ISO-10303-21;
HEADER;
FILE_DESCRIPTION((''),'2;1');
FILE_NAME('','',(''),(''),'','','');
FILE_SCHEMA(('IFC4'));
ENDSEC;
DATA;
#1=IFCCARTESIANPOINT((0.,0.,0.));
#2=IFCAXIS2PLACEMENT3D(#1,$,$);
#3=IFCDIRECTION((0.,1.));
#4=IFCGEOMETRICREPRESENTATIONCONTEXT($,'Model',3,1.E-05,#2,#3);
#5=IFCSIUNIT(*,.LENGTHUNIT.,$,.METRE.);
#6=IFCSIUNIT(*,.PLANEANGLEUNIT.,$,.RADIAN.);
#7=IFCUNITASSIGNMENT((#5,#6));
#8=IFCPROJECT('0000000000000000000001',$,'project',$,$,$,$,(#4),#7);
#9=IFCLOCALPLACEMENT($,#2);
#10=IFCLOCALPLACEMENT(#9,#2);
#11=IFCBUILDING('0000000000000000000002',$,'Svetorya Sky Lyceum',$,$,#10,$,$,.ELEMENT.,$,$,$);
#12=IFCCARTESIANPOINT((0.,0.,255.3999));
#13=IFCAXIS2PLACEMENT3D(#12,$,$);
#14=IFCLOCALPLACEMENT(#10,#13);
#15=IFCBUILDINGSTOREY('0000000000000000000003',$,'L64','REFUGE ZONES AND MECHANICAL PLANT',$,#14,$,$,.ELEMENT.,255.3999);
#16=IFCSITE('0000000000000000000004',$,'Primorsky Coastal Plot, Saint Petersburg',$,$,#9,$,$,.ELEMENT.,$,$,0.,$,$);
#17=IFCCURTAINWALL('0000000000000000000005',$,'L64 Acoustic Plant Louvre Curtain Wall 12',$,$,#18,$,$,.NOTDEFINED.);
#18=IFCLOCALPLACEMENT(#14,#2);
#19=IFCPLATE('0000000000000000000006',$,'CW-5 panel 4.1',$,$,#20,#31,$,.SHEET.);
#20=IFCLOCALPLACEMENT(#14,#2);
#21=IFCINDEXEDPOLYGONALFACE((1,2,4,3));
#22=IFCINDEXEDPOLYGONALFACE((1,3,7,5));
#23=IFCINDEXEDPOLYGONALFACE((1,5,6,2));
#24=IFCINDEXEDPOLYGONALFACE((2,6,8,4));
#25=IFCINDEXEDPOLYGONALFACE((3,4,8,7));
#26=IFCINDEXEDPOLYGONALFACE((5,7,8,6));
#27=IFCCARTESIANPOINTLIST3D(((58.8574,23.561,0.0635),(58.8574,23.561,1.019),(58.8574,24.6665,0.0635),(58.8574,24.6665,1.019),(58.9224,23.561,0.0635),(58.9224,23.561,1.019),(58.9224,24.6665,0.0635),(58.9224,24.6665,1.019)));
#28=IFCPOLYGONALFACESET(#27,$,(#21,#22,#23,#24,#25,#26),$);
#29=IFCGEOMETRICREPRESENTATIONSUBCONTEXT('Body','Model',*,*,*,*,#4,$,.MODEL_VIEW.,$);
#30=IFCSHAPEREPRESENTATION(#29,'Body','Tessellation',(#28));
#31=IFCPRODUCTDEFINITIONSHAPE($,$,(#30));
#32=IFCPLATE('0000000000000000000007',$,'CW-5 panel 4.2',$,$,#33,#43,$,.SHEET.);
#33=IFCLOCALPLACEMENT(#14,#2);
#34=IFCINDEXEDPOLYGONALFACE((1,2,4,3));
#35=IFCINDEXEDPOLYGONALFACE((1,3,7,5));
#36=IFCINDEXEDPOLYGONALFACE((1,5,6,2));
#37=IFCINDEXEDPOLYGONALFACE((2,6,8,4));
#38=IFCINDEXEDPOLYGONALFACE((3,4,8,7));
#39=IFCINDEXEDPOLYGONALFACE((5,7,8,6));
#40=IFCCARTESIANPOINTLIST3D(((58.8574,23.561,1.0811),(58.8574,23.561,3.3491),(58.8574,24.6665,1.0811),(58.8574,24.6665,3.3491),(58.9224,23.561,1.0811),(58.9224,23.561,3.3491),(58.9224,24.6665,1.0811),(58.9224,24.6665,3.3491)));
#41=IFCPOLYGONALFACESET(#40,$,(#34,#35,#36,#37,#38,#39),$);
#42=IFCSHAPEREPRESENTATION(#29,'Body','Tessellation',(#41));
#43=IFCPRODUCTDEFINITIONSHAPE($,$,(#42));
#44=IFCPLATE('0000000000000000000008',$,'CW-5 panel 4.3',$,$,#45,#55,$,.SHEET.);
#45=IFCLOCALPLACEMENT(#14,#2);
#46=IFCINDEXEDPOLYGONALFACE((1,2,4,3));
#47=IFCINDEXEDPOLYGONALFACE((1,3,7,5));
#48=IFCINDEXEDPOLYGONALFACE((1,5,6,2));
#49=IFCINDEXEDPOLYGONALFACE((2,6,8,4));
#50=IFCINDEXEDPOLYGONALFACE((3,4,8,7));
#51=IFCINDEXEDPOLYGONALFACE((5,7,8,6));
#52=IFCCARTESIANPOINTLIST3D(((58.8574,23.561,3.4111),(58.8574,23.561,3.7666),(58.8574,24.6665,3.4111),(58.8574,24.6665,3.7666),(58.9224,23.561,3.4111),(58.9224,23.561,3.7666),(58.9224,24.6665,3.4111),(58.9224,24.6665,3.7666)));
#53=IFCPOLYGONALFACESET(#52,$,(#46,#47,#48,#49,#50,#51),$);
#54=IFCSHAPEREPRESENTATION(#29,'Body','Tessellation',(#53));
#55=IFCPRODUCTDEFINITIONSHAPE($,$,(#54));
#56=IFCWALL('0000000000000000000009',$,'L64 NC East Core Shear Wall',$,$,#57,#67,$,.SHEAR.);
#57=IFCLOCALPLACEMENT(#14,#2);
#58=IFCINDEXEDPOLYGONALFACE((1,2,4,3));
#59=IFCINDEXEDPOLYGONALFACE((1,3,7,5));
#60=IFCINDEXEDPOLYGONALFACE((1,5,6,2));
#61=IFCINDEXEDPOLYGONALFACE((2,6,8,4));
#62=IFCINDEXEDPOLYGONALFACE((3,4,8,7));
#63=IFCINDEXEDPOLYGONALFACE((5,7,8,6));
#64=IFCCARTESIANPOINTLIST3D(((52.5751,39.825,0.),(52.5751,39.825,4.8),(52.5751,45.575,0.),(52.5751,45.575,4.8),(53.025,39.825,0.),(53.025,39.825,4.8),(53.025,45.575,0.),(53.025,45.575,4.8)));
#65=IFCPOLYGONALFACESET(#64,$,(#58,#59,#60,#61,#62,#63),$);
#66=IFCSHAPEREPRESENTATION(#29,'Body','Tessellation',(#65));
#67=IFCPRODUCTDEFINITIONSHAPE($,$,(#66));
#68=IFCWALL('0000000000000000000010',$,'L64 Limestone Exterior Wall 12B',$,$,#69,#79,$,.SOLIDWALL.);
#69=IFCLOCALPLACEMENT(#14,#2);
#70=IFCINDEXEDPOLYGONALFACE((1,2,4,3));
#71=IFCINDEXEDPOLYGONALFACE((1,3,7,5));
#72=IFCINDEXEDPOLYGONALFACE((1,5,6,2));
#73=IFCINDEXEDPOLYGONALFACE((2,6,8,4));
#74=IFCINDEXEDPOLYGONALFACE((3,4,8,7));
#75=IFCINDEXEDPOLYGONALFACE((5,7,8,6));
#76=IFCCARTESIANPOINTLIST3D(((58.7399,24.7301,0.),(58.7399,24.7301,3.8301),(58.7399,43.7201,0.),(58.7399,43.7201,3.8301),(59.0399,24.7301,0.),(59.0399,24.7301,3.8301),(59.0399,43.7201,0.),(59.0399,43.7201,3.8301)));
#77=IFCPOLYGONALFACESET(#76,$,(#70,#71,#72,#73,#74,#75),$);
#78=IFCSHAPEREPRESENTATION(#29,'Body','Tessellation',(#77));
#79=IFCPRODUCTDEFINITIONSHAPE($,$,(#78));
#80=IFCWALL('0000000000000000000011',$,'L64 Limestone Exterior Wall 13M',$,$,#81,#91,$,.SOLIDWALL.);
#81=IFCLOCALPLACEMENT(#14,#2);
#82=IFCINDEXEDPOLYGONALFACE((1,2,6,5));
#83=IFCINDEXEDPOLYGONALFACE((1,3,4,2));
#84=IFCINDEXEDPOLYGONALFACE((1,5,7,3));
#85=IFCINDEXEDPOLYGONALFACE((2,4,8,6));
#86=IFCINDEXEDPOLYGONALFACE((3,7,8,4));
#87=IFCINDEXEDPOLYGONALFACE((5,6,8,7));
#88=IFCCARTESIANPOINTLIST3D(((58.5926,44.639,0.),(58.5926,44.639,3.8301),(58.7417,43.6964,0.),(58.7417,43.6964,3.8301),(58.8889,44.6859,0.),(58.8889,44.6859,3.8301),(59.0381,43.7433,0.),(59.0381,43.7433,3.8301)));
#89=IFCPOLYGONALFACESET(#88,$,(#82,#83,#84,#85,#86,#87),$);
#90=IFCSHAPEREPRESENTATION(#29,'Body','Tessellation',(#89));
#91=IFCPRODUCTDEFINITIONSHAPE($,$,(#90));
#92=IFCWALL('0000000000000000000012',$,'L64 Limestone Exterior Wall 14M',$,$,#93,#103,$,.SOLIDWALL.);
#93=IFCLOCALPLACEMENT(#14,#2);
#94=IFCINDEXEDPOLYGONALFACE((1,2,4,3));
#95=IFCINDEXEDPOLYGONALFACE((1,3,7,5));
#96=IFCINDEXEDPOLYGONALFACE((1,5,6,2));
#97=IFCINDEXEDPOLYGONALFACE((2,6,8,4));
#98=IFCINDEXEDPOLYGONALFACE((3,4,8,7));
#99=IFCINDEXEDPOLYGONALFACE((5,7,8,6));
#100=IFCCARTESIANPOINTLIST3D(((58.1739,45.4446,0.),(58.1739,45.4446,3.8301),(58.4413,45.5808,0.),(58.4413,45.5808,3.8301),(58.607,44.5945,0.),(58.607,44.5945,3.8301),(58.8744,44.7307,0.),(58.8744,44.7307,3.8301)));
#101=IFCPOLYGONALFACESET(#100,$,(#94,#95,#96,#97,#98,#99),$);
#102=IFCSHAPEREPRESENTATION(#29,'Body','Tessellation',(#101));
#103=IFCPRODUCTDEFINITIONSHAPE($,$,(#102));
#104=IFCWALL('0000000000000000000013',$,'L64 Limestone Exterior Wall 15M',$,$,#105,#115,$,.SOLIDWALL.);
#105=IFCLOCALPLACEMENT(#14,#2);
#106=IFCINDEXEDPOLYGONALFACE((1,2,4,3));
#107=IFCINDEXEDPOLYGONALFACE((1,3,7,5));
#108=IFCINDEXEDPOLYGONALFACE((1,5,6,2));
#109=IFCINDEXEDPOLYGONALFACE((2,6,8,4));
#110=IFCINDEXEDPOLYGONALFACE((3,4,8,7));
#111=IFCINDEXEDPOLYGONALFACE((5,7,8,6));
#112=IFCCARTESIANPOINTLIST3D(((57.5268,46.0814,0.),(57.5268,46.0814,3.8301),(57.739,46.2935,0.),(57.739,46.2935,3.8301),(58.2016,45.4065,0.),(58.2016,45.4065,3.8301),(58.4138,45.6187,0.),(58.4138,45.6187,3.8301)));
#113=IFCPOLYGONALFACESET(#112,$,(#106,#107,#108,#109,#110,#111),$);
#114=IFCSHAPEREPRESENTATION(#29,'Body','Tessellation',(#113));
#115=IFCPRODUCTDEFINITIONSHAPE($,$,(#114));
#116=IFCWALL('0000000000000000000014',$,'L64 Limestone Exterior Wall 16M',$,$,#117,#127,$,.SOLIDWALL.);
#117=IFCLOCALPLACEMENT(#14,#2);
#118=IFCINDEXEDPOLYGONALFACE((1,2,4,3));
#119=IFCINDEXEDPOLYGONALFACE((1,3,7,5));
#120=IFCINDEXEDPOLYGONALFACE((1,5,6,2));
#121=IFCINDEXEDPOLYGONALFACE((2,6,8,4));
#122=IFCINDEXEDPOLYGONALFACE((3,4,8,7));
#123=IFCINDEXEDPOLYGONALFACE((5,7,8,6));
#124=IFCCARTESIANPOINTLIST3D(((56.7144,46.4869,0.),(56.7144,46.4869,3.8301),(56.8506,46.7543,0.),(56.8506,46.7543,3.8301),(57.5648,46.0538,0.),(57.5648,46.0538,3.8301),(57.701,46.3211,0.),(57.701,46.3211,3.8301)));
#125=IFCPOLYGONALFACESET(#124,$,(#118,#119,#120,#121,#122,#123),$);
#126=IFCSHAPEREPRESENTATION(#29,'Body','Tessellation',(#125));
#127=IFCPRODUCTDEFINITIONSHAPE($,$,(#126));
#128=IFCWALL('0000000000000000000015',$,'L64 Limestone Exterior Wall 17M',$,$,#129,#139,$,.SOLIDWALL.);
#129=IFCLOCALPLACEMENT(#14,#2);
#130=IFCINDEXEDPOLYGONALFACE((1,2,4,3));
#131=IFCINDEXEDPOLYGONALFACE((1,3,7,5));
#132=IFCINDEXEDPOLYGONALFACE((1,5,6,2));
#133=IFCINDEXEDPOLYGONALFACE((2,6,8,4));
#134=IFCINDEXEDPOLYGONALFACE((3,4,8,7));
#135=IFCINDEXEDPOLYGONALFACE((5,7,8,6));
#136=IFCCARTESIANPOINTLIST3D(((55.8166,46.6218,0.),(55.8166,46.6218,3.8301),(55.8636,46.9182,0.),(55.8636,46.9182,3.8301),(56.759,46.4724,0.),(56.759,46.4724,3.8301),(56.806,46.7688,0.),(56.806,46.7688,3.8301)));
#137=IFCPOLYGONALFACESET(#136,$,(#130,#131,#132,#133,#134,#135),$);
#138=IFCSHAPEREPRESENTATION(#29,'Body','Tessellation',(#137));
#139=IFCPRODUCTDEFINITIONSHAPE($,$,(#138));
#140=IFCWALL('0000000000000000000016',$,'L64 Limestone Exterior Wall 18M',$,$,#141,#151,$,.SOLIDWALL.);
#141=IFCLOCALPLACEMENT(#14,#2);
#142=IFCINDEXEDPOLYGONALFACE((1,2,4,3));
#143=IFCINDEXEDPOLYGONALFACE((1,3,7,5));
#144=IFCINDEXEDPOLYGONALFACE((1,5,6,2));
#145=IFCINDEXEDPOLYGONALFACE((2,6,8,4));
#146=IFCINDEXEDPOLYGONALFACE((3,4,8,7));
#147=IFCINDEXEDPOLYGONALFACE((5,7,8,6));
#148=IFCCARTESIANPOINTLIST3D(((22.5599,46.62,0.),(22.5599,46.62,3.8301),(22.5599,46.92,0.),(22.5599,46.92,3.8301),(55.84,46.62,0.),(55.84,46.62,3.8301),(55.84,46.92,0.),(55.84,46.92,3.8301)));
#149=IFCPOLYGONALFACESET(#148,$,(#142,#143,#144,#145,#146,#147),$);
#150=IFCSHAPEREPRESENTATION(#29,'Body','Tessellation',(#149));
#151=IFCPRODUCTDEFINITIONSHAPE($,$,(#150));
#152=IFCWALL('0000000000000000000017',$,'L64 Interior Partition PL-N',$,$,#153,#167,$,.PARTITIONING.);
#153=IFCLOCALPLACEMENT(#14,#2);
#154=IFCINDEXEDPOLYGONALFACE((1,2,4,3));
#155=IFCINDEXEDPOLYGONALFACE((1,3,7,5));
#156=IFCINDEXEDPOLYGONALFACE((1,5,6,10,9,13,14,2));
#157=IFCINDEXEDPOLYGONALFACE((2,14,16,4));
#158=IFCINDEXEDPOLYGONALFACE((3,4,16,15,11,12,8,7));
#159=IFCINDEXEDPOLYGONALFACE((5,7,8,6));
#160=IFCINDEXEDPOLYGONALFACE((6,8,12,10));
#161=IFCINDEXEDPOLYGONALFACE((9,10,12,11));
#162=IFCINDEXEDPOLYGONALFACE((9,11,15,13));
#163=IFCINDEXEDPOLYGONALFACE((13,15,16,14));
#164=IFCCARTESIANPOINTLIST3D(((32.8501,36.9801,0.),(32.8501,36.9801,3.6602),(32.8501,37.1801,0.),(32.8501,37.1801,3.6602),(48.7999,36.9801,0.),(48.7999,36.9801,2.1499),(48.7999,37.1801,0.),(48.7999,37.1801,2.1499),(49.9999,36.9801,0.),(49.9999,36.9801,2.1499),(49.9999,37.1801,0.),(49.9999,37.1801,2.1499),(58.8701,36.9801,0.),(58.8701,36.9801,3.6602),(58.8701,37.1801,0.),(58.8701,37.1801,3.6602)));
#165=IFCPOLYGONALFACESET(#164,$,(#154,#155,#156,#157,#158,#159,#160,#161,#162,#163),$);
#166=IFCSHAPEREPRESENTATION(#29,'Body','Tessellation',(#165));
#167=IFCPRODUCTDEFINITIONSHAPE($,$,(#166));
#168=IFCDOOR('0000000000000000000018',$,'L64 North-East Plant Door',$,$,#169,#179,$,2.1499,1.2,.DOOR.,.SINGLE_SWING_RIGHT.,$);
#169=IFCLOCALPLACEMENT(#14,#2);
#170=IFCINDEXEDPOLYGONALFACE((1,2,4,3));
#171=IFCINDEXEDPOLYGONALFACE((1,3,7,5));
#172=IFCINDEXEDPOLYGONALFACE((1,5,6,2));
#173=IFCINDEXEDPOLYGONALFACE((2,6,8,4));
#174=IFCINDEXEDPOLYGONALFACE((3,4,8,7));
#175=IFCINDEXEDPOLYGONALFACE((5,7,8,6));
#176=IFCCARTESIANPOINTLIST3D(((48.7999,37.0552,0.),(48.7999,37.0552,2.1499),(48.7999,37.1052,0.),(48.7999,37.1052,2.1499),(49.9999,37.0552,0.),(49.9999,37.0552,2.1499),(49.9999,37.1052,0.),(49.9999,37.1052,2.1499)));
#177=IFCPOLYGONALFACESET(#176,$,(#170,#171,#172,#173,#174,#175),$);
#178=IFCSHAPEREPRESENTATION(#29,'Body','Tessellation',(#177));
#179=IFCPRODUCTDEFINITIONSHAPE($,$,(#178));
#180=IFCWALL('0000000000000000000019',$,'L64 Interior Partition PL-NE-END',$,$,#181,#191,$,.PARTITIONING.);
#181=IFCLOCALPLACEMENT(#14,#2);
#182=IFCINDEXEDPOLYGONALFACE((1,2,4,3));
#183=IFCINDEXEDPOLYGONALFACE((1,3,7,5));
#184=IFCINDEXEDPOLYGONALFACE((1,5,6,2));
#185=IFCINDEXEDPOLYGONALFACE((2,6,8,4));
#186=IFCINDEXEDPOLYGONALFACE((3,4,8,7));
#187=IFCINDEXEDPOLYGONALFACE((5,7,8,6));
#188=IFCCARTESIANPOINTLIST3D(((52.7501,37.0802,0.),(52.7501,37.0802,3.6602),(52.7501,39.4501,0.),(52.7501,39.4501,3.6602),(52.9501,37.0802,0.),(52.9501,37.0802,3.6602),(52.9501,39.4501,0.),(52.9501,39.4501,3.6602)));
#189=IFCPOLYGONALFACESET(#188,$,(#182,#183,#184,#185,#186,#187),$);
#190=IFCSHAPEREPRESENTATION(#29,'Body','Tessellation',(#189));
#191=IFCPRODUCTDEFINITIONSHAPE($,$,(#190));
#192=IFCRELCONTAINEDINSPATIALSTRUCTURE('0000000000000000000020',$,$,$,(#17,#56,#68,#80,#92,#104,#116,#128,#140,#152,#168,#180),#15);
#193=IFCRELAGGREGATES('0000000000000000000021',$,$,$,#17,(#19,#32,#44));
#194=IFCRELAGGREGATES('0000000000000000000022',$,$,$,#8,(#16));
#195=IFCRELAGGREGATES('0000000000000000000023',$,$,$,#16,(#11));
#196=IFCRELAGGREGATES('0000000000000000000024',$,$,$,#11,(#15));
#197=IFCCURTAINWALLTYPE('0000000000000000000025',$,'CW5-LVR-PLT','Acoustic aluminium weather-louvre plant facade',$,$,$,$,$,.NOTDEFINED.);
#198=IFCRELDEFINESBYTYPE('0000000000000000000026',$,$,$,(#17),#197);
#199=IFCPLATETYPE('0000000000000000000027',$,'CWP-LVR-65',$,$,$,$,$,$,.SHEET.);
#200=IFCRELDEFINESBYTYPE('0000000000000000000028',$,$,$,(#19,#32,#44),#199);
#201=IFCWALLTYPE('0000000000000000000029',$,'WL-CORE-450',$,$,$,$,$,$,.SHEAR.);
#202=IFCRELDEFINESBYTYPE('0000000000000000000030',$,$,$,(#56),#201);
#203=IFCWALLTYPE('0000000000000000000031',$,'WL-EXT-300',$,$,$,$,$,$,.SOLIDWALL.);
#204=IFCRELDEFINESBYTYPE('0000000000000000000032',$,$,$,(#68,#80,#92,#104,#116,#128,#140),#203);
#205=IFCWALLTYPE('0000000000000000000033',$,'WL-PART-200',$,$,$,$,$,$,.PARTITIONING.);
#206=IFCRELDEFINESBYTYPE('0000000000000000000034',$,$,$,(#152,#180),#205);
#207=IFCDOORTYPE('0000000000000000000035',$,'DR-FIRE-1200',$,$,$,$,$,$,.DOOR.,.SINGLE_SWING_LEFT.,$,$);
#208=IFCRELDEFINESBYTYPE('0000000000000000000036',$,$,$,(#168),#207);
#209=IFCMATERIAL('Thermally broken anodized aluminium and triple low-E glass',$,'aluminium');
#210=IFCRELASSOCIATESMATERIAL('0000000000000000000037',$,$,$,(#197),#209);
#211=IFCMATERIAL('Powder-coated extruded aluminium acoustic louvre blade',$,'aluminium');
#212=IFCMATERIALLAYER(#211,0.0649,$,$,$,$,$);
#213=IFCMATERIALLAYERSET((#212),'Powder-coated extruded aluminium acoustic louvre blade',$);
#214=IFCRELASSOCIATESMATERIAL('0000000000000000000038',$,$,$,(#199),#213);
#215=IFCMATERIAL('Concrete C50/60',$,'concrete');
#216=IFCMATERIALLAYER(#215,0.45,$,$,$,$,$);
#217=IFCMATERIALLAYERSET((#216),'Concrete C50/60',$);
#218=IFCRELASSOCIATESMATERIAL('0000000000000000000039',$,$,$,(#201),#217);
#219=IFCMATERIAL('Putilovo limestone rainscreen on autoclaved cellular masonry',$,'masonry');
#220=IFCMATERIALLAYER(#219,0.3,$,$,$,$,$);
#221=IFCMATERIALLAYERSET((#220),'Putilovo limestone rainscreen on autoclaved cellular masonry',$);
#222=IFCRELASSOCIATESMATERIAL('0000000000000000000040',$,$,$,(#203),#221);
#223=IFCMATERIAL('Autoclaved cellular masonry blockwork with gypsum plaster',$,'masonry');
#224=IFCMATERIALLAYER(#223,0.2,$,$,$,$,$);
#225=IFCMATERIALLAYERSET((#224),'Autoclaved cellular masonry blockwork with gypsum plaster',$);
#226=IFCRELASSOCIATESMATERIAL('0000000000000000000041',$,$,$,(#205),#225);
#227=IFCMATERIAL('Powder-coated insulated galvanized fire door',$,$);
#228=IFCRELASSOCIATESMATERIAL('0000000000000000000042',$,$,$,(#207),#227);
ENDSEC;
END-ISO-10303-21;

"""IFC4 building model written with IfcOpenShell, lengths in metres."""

from ifc_helpers import new_model, si_unit, direction, frame, frame_2d, origin, origin_2d, place, context, subcontext, project, spatial, rectangle, extrude, material, layer, layer_set, type_object, element, fill, aggregate, save


model = new_model("IFC4")

# Units and contexts
model_context = context("Model", 3, precision=1e-05, world=origin(), true_north=direction((0.0, 1.0)))
body_context = subcontext(model_context, "Body", "Model", "MODEL_VIEW")
ifc_project = project(units=[si_unit("LENGTHUNIT", "METRE"), si_unit("PLANEANGLEUNIT", "RADIAN")], contexts=[model_context])

# Site, building, storey
site_placement = place(None, origin())
site = spatial("IfcSite", under=ifc_project, at=site_placement, Name="Primorsky Coastal Plot, Saint Petersburg", CompositionType="ELEMENT", RefElevation=0.0)
building_placement = place(site_placement, origin())
building = spatial("IfcBuilding", under=site, at=building_placement, Name="Svetorya Sky Lyceum", CompositionType="ELEMENT")
storey_placement = place(building_placement, frame((0.0, 0.0, 255.3999)))
storey = spatial("IfcBuildingStorey", under=building, at=storey_placement, Name="L64", Description="REFUGE ZONES AND MECHANICAL PLANT", CompositionType="ELEMENT", Elevation=255.3999)

# Shared definitions
ifc_material_1 = material(Name="Concrete C50/60", Category="concrete")

# Curtain wall, plates
ifc_material_2 = material(Name="Thermally broken anodized aluminium and triple low-E glass", Category="aluminium")
curtain_wall_type = type_object("IfcCurtainWallType", Name="CW5-LVR-PLT", Description="Acoustic aluminium weather-louvre plant facade", PredefinedType="NOTDEFINED", material=ifc_material_2)
curtain_wall_placement = place(storey_placement, origin())
curtain_wall = element("IfcCurtainWall", 1, at=curtain_wall_placement, inside=storey, type_object=curtain_wall_type, Name="L64 Acoustic Plant Louvre Curtain Wall 12", PredefinedType="NOTDEFINED")
ifc_material_3 = material(Name="Powder-coated extruded aluminium acoustic louvre blade", Category="aluminium")
ifc_layer_1 = layer(ifc_material_3, 0.0649)
ifc_layer_set_1 = layer_set([ifc_layer_1], Name="Powder-coated extruded aluminium acoustic louvre blade")
plate_type = type_object("IfcPlateType", Name="CWP-LVR-65", PredefinedType="SHEET", material=ifc_layer_set_1)
plate_1_placement = place(storey_placement, frame((58.8899, 24.1138, 0.0635), z_axis=(0.0, 0.0, 1.0), x_axis=(0.0, 1.0, 0.0)))
plate_1 = element("IfcPlate", 2, at=plate_1_placement, type_object=plate_type, Name="CW-5 panel 4.1", PredefinedType="SHEET", context=body_context, shape_type="SweptSolid", body=[
    extrude(rectangle(XDim=1.1055, YDim=0.0649, at=origin_2d()), origin(), (0.0, 0.0, 1.0), 0.9556),
])
plate_2_placement = place(storey_placement, frame((58.8899, 24.1138, 1.0811), z_axis=(0.0, 0.0, 1.0), x_axis=(0.0, 1.0, 0.0)))
plate_2 = element("IfcPlate", 3, at=plate_2_placement, type_object=plate_type, Name="CW-5 panel 4.2", PredefinedType="SHEET", context=body_context, shape_type="SweptSolid", body=[
    extrude(rectangle(XDim=1.1055, YDim=0.0649, at=origin_2d()), origin(), (0.0, 0.0, 1.0), 2.2681),
])
plate_3_placement = place(storey_placement, frame((58.8899, 24.1138, 3.4111), z_axis=(0.0, 0.0, 1.0), x_axis=(0.0, 1.0, 0.0)))
plate_3 = element("IfcPlate", 4, at=plate_3_placement, type_object=plate_type, Name="CW-5 panel 4.3", PredefinedType="SHEET", context=body_context, shape_type="SweptSolid", body=[
    extrude(rectangle(XDim=1.1055, YDim=0.0649, at=origin_2d()), origin(), (0.0, 0.0, 1.0), 0.3555),
])
aggregate(curtain_wall, [plate_1, plate_2, plate_3])

# Walls
ifc_layer_2 = layer(ifc_material_1, 0.45)
ifc_layer_set_2 = layer_set([ifc_layer_2], Name="Concrete C50/60")
wall_type_1 = type_object("IfcWallType", Name="WL-CORE-450", PredefinedType="SHEAR", material=ifc_layer_set_2)
wall_1_placement = place(storey_placement, frame((52.8, 39.825, 0.0), z_axis=(0.0, 0.0, 1.0), x_axis=(0.0, 1.0, 0.0)))
element("IfcWall", 5, at=wall_1_placement, inside=storey, type_object=wall_type_1, Name="L64 NC East Core Shear Wall", PredefinedType="SHEAR", context=body_context, shape_type="SweptSolid", body=[
    extrude(rectangle(XDim=5.75, YDim=0.45, at=frame_2d((2.875, 0.0))), origin(), (0.0, 0.0, 1.0), 4.8),
])
ifc_material_4 = material(Name="Putilovo limestone rainscreen on autoclaved cellular masonry", Category="masonry")
ifc_layer_3 = layer(ifc_material_4, 0.3)
ifc_layer_set_3 = layer_set([ifc_layer_3], Name="Putilovo limestone rainscreen on autoclaved cellular masonry")
wall_type_2 = type_object("IfcWallType", Name="WL-EXT-300", PredefinedType="SOLIDWALL", material=ifc_layer_set_3)
wall_2_placement = place(storey_placement, frame((58.8899, 24.73, 0.0), z_axis=(0.0, 0.0, 1.0), x_axis=(0.0, 1.0, 0.0)))
element("IfcWall", 6, at=wall_2_placement, inside=storey, type_object=wall_type_2, Name="L64 Limestone Exterior Wall 12B", PredefinedType="SOLIDWALL", context=body_context, shape_type="SweptSolid", body=[
    extrude(rectangle(XDim=18.99, YDim=0.3, at=frame_2d((9.4951, 0.0))), origin(), (0.0, 0.0, 1.0), 3.8301),
])
wall_3_placement = place(storey_placement, frame((58.8899, 43.72, 0.0), z_axis=(0.0, 0.0, 1.0), x_axis=(-0.156304, 0.987709, 0.0)))
element("IfcWall", 7, at=wall_3_placement, inside=storey, type_object=wall_type_2, Name="L64 Limestone Exterior Wall 13M", PredefinedType="SOLIDWALL", context=body_context, shape_type="SweptSolid", body=[
    extrude(rectangle(XDim=0.9543, YDim=0.3, at=frame_2d((0.4771, 0.0))), origin(), (0.0, 0.0, 1.0), 3.8301),
])
wall_4_placement = place(storey_placement, frame((58.7407, 44.6626, 0.0), z_axis=(0.0, 0.0, 1.0), x_axis=(-0.453956, 0.891024, 0.0)))
element("IfcWall", 8, at=wall_4_placement, inside=storey, type_object=wall_type_2, Name="L64 Limestone Exterior Wall 14M", PredefinedType="SOLIDWALL", context=body_context, shape_type="SweptSolid", body=[
    extrude(rectangle(XDim=0.9541, YDim=0.3, at=frame_2d((0.4771, 0.0))), origin(), (0.0, 0.0, 1.0), 3.8301),
])
for number, where, z_axis, x_axis, name in (
    (9, (58.3076, 45.5127, 0.0), (0.0, 0.0, 1.0), (-0.707107, 0.707107, 0.0), "L64 Limestone Exterior Wall 15M"),
    (10, (57.6328, 46.1875, 0.0), (0.0, 0.0, 1.0), (-0.891077, 0.453853, 0.0), "L64 Limestone Exterior Wall 16M"),
):
    element("IfcWall", number, at=place(storey_placement, frame(where, z_axis=z_axis, x_axis=x_axis)), inside=storey, type_object=wall_type_2, Name=name, PredefinedType="SOLIDWALL", context=body_context, shape_type="SweptSolid", body=[
        extrude(rectangle(XDim=0.9543, YDim=0.3, at=frame_2d((0.4771, 0.0))), origin(), (0.0, 0.0, 1.0), 3.8301),
    ])
wall_5_placement = place(storey_placement, frame((56.7825, 46.6206, 0.0), z_axis=(0.0, 0.0, 1.0), x_axis=(-0.987663, 0.156593, 0.0)))
element("IfcWall", 11, at=wall_5_placement, inside=storey, type_object=wall_type_2, Name="L64 Limestone Exterior Wall 17M", PredefinedType="SOLIDWALL", context=body_context, shape_type="SweptSolid", body=[
    extrude(rectangle(XDim=0.9541, YDim=0.3, at=frame_2d((0.4771, 0.0))), origin(), (0.0, 0.0, 1.0), 3.8301),
])
wall_6_placement = place(storey_placement, frame((55.8401, 46.77, 0.0), z_axis=(0.0, 0.0, 1.0), x_axis=(-1.0, 0.0, 0.0)))
element("IfcWall", 12, at=wall_6_placement, inside=storey, type_object=wall_type_2, Name="L64 Limestone Exterior Wall 18M", PredefinedType="SOLIDWALL", context=body_context, shape_type="SweptSolid", body=[
    extrude(rectangle(XDim=33.28, YDim=0.3, at=frame_2d((16.6401, 0.0))), origin(), (0.0, 0.0, 1.0), 3.8301),
])

# Wall, opening, door
ifc_material_5 = material(Name="Autoclaved cellular masonry blockwork with gypsum plaster", Category="masonry")
ifc_layer_4 = layer(ifc_material_5, 0.2)
ifc_layer_set_4 = layer_set([ifc_layer_4], Name="Autoclaved cellular masonry blockwork with gypsum plaster")
wall_type_3 = type_object("IfcWallType", Name="WL-PART-200", PredefinedType="PARTITIONING", material=ifc_layer_set_4)
wall_7_placement = place(storey_placement, frame((58.8701, 37.0801, 0.0), z_axis=(0.0, 0.0, 1.0), x_axis=(-1.0, 0.0, 0.0)))
wall_7 = element("IfcWall", 13, at=wall_7_placement, inside=storey, type_object=wall_type_3, Name="L64 Interior Partition PL-N", PredefinedType="PARTITIONING", context=body_context, shape_type="SweptSolid", body=[
    extrude(rectangle(XDim=26.02, YDim=0.2, at=frame_2d((13.01, 0.0))), origin(), (0.0, 0.0, 1.0), 3.6602),
])
opening_placement = place(wall_7_placement, frame((8.8701, 0.0, 0.0)))
opening = element("IfcOpeningElement", 14, at=opening_placement, cuts=wall_7, PredefinedType="OPENING", context=body_context, shape_type="SweptSolid", body=[
    extrude(rectangle(XDim=1.2, YDim=2.1499, at=frame_2d((0.6001, 1.075))), frame((0.0, 0.1099, 0.0), z_axis=(0.0, -1.0, 0.0), x_axis=(1.0, 0.0, 0.0)), (0.0, 0.0, 1.0), 0.22),
])
ifc_material_6 = material(Name="Powder-coated insulated galvanized fire door")
door_type = type_object("IfcDoorType", Name="DR-FIRE-1200", OperationType="SINGLE_SWING_LEFT", PredefinedType="DOOR", material=ifc_material_6)
door_placement = place(opening_placement, origin())
door = element("IfcDoor", 15, at=door_placement, inside=storey, type_object=door_type, Name="L64 North-East Plant Door", OperationType="SINGLE_SWING_RIGHT", OverallHeight=2.1499, OverallWidth=1.2, PredefinedType="DOOR", context=body_context, shape_type="SweptSolid", body=[
    extrude(rectangle(XDim=1.2, YDim=2.1499, at=frame_2d((0.6001, 1.075))), frame((0.0, 0.0249, 0.0), z_axis=(0.0, -1.0, 0.0), x_axis=(1.0, 0.0, 0.0)), (0.0, 0.0, 1.0), 0.05),
])
fill(opening, door)

# Wall
wall_8_placement = place(storey_placement, frame((52.8501, 37.0801, 0.0), z_axis=(0.0, 0.0, 1.0), x_axis=(0.0, 1.0, 0.0)))
element("IfcWall", 16, at=wall_8_placement, inside=storey, type_object=wall_type_3, Name="L64 Interior Partition PL-NE-END", PredefinedType="PARTITIONING", context=body_context, shape_type="SweptSolid", body=[
    extrude(rectangle(XDim=2.3699, YDim=0.2, at=frame_2d((1.1851, 0.0))), origin(), (0.0, 0.0, 1.0), 3.6602),
])

save(model, "model.ifc")
